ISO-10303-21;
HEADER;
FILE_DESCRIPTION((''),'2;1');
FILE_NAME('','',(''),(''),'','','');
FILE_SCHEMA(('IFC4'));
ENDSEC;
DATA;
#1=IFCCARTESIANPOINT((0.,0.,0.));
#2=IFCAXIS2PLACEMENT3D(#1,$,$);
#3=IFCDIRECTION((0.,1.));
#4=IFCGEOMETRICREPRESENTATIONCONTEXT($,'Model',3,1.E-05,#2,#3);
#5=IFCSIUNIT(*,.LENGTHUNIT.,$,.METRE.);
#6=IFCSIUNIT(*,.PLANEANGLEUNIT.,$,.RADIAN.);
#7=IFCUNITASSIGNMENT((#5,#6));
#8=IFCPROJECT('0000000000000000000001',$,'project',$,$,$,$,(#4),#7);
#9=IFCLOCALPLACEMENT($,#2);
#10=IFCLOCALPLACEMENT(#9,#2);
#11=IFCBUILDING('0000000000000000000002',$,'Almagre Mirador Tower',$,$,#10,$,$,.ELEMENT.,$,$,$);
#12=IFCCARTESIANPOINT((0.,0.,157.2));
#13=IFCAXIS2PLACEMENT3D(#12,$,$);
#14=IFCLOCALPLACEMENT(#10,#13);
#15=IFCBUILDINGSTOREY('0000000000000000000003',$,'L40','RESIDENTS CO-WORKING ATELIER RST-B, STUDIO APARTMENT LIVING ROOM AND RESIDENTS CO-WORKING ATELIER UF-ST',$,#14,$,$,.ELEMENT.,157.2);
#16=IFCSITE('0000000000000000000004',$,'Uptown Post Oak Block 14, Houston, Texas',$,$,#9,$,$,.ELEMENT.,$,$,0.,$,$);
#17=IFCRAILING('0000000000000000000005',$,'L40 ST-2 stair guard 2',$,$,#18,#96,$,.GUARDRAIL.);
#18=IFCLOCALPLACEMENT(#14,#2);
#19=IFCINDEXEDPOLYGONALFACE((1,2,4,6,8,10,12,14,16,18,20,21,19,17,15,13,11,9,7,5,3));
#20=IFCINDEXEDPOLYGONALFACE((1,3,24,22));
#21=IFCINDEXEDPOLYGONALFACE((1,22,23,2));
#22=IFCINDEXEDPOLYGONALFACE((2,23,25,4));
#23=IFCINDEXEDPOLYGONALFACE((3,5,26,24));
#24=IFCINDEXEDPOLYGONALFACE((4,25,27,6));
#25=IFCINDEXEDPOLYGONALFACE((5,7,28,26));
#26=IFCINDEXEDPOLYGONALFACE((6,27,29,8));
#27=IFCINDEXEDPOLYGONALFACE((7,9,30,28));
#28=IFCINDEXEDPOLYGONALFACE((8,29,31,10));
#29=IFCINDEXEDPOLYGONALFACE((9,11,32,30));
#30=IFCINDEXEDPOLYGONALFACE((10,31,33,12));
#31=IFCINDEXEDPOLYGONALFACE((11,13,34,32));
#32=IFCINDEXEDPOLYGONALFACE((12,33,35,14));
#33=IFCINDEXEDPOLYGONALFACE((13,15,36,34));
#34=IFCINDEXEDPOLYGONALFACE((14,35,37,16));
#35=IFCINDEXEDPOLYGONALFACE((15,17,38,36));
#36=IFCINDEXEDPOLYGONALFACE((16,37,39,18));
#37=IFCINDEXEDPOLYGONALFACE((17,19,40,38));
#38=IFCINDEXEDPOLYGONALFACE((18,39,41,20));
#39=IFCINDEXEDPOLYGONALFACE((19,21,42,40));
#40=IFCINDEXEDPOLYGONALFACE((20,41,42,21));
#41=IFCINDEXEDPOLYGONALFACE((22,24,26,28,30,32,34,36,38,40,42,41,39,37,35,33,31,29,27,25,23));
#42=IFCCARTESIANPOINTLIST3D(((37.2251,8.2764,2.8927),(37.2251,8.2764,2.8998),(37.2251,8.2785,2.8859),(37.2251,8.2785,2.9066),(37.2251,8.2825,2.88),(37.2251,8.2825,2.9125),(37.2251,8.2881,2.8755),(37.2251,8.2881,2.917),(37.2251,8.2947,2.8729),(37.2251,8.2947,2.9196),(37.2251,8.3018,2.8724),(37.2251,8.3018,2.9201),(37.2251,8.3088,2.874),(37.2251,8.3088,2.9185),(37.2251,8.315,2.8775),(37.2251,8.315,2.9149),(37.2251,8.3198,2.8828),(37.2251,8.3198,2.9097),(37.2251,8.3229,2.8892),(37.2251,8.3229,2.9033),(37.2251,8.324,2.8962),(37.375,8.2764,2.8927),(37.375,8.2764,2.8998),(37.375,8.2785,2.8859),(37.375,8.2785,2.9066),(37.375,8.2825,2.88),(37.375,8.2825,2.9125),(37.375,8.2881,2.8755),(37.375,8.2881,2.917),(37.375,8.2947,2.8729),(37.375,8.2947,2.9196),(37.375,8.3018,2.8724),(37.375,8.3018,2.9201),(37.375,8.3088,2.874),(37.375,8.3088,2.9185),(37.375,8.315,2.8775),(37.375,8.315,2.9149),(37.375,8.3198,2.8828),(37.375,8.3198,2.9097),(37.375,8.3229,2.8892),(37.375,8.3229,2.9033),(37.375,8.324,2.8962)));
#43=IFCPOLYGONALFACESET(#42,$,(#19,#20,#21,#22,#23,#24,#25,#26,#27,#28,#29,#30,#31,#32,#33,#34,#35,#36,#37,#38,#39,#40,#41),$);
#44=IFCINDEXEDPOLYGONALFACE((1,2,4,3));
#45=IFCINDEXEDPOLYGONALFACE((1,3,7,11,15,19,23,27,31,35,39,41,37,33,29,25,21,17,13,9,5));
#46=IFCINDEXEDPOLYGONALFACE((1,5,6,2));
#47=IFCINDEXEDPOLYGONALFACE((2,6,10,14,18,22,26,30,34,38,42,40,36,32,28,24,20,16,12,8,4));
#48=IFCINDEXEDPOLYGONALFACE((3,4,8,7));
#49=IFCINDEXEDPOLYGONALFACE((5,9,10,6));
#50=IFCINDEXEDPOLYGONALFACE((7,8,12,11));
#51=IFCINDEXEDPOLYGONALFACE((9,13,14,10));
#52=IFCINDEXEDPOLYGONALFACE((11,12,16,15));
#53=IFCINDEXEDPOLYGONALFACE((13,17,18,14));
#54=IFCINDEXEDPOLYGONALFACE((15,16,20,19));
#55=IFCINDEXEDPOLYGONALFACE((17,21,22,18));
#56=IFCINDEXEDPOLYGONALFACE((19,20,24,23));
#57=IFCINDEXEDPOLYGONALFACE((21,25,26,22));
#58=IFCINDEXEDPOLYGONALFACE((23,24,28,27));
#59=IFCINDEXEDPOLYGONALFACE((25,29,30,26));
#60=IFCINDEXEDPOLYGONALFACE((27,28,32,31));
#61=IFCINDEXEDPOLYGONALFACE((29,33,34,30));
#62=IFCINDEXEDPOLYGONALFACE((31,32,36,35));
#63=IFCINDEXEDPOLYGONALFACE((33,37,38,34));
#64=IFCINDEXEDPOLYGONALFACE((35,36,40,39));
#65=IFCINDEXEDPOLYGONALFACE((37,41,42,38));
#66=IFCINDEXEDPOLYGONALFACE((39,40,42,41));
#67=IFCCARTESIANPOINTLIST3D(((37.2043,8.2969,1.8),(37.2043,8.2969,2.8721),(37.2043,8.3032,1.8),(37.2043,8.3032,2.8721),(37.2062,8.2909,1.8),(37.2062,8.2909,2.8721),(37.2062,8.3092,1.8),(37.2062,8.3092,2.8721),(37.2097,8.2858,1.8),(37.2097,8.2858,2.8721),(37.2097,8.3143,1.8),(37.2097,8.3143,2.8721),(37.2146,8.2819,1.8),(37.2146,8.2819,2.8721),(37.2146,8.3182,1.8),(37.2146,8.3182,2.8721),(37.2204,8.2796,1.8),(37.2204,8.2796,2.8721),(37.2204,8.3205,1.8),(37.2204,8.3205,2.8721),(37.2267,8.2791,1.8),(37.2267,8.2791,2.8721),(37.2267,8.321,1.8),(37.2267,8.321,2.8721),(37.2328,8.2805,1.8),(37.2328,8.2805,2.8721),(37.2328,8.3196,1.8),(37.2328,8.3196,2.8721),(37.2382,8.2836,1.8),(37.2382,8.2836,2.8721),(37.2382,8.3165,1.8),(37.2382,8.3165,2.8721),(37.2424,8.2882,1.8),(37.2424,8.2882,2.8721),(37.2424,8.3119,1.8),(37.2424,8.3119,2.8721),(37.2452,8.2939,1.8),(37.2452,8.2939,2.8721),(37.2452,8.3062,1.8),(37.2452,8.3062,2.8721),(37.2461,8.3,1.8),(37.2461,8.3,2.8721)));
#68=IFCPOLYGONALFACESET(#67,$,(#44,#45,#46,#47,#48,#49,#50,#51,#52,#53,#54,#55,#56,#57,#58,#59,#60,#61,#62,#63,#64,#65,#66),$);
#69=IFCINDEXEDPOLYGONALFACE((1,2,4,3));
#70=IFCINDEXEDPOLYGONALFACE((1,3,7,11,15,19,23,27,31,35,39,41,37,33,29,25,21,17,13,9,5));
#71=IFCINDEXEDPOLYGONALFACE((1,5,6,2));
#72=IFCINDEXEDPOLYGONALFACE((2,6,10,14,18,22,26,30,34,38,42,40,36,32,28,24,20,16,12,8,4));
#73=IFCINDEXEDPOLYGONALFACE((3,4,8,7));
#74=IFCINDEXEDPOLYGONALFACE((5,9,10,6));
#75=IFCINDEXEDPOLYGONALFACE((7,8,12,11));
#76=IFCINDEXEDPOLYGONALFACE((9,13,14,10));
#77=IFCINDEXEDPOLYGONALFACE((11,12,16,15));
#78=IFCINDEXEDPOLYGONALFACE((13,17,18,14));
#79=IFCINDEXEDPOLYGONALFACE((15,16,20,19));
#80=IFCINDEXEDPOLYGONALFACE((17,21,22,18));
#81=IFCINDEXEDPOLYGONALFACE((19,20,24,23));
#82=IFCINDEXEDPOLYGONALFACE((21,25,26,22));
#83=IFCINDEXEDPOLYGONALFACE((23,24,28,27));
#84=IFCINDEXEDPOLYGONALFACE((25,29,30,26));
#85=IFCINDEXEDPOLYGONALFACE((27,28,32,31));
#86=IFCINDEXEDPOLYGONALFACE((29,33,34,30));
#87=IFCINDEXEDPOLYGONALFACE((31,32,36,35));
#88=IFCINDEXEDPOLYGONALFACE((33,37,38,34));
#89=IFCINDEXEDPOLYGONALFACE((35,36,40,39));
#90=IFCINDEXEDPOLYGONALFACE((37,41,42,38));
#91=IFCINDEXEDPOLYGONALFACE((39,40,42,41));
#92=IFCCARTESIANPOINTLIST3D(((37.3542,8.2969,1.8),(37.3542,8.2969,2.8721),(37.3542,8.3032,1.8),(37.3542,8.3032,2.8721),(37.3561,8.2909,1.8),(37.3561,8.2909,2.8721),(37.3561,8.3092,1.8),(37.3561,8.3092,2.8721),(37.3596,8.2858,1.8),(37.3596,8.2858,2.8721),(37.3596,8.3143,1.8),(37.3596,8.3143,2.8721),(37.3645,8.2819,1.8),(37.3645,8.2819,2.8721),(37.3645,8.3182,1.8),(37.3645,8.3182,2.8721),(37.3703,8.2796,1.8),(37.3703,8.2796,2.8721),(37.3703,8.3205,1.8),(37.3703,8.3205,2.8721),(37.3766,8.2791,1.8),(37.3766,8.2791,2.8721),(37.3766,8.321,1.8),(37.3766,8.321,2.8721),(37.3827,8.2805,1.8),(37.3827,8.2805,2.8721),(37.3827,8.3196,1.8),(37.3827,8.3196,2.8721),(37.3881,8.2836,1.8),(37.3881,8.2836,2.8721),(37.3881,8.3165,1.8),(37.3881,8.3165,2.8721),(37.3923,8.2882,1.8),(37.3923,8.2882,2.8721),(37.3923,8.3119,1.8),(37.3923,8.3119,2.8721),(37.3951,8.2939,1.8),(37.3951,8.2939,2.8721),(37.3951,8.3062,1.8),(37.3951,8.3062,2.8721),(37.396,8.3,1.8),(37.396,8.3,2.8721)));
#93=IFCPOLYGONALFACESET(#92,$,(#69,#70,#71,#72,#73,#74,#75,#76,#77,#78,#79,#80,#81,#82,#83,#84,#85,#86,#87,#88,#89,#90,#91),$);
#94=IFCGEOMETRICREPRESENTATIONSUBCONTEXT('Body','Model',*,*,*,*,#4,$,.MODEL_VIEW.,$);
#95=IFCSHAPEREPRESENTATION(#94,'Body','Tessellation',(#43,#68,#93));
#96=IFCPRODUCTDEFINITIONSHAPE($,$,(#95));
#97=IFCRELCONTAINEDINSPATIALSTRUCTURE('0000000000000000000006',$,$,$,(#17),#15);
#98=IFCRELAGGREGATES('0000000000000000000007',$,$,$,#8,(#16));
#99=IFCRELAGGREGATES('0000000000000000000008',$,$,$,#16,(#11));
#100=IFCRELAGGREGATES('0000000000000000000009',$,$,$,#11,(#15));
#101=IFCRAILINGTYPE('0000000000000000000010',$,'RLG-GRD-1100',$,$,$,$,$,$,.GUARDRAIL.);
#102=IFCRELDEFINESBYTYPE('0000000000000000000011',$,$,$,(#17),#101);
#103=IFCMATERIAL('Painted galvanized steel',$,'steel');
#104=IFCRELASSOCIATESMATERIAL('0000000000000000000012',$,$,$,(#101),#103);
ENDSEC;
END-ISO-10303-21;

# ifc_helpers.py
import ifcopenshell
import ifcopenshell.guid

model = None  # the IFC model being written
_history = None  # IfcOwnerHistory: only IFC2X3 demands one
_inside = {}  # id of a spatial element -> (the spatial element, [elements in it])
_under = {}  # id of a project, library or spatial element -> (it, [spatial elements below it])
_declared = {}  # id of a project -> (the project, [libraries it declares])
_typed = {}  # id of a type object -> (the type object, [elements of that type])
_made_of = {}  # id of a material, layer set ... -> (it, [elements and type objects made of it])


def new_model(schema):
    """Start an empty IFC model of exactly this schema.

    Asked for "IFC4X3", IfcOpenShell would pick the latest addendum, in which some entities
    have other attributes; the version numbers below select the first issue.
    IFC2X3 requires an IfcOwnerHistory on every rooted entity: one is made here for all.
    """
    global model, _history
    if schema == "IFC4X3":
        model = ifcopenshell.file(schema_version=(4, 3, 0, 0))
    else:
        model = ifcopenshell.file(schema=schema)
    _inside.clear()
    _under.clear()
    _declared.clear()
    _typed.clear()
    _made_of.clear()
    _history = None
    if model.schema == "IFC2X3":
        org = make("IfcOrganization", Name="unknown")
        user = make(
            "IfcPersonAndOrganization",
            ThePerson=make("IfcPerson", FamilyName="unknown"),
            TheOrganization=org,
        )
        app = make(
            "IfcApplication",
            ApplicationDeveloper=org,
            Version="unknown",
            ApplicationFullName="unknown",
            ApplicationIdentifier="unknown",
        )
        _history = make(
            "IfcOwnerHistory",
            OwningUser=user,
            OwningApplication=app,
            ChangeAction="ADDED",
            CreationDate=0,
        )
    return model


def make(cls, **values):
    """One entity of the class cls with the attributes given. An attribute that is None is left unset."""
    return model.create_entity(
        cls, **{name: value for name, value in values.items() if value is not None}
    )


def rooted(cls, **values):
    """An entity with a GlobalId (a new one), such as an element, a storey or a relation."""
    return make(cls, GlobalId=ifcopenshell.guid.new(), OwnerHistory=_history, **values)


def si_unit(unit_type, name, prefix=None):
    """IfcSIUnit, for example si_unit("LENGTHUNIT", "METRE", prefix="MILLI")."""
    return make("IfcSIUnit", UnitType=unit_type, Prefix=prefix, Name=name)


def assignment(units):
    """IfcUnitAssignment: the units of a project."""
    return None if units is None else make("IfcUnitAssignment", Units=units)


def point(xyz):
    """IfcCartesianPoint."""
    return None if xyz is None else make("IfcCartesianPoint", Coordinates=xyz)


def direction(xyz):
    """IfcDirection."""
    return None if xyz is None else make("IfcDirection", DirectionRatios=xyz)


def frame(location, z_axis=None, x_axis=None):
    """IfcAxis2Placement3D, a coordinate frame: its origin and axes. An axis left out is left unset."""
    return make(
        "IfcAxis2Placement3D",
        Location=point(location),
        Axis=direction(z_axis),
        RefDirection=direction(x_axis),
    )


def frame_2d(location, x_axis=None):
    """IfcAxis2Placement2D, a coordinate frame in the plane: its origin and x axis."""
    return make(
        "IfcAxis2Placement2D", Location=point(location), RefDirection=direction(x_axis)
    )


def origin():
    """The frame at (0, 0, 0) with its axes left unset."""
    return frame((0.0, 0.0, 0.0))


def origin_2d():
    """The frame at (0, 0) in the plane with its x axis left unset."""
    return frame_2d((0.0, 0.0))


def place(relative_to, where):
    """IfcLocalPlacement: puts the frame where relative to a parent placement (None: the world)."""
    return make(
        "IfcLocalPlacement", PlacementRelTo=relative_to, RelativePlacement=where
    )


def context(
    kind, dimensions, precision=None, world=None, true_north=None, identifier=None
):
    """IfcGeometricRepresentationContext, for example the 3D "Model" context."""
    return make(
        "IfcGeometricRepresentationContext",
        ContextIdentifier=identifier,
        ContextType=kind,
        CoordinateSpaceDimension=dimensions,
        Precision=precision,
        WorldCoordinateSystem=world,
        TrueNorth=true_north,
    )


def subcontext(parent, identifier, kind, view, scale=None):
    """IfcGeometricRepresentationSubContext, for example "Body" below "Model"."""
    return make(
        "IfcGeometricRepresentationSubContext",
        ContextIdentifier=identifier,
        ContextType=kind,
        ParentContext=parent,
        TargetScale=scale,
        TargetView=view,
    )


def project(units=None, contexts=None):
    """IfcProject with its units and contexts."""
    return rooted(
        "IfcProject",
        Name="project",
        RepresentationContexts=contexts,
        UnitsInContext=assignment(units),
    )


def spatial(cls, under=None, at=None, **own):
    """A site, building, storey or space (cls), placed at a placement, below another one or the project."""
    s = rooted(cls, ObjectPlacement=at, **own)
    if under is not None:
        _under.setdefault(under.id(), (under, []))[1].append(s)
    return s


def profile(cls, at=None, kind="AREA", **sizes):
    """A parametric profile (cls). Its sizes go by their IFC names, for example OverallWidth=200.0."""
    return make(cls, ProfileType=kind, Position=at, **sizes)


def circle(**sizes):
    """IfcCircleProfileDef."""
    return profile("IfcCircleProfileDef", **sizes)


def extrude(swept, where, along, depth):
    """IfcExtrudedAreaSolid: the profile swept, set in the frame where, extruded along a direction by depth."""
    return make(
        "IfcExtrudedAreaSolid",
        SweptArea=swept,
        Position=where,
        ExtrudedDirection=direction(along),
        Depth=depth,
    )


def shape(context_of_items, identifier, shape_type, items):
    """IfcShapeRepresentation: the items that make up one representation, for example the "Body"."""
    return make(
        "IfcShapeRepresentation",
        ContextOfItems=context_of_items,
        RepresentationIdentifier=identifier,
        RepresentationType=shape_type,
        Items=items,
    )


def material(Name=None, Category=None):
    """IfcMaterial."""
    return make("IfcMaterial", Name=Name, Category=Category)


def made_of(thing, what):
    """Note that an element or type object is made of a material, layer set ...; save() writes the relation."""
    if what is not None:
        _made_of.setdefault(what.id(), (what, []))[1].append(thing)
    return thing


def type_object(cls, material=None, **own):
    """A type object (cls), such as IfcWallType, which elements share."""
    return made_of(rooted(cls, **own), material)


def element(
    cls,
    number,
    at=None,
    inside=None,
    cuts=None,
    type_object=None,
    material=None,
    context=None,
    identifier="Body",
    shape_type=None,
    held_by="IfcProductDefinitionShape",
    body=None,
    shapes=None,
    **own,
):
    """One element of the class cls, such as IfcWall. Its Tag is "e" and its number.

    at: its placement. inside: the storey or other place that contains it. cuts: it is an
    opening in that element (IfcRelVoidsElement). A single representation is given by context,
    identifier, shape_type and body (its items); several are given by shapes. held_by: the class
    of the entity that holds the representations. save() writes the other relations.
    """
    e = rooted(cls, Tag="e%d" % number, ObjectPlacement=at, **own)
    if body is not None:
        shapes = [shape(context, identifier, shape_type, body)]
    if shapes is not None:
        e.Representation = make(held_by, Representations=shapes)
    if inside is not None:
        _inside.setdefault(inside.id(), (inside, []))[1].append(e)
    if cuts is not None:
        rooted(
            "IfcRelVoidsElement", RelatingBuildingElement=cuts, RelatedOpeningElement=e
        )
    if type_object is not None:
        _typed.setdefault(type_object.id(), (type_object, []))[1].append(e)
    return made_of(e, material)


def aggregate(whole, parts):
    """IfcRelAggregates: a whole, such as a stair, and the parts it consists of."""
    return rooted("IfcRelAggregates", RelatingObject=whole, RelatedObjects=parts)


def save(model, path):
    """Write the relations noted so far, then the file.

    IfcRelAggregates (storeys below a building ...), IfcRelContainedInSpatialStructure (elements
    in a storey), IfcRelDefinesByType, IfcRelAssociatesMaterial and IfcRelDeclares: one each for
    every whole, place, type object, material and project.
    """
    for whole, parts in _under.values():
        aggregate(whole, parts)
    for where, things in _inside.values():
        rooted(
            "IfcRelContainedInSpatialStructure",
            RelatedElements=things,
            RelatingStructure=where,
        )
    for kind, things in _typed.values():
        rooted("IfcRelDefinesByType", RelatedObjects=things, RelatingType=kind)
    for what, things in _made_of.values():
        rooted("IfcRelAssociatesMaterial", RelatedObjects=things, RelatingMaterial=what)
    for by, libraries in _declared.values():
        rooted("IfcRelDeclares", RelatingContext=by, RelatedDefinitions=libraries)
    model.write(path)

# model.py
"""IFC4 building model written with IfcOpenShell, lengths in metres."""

from ifc_helpers import new_model, si_unit, direction, frame, origin, origin_2d, place, context, subcontext, project, spatial, circle, extrude, material, type_object, element, save


model = new_model("IFC4")

# Units and contexts
model_context = context("Model", 3, precision=1e-05, world=origin(), true_north=direction((0.0, 1.0)))
body_context = subcontext(model_context, "Body", "Model", "MODEL_VIEW")
ifc_project = project(units=[si_unit("LENGTHUNIT", "METRE"), si_unit("PLANEANGLEUNIT", "RADIAN")], contexts=[model_context])

# Site, building, storey
site_placement = place(None, origin())
site = spatial("IfcSite", under=ifc_project, at=site_placement, Name="Uptown Post Oak Block 14, Houston, Texas", CompositionType="ELEMENT", RefElevation=0.0)
building_placement = place(site_placement, origin())
building = spatial("IfcBuilding", under=site, at=building_placement, Name="Almagre Mirador Tower", CompositionType="ELEMENT")
storey_placement = place(building_placement, frame((0.0, 0.0, 157.2)))
storey = spatial("IfcBuildingStorey", under=building, at=storey_placement, Name="L40", Description="RESIDENTS CO-WORKING ATELIER RST-B, STUDIO APARTMENT LIVING ROOM AND RESIDENTS CO-WORKING ATELIER UF-ST", CompositionType="ELEMENT", Elevation=157.2)

# Railing
ifc_material_1 = material(Name="Painted galvanized steel", Category="steel")
railing_type_1 = type_object("IfcRailingType", Name="RLG-GRD-1100", PredefinedType="GUARDRAIL", material=ifc_material_1)
railing_1_placement = place(storey_placement, frame((37.2251, 8.3, 1.8)))
element("IfcRailing", 1, at=railing_1_placement, inside=storey, type_object=railing_type_1, Name="L40 ST-2 stair guard 2", PredefinedType="GUARDRAIL", context=body_context, shape_type="SweptSolid", body=[
    extrude(circle(Radius=0.0239, at=origin_2d()), frame((0.0, 0.0, 1.0962), z_axis=(1.0, 0.0, 0.0), x_axis=(0.0, 1.0, 0.0)), (0.0, 0.0, 1.0), 0.1499),
    extrude(circle(Radius=0.021, at=origin_2d()), origin(), (0.0, 0.0, 1.0), 1.072),
    extrude(circle(Radius=0.021, at=origin_2d()), frame((0.1499, 0.0, 0.0)), (0.0, 0.0, 1.0), 1.072),
])

save(model, "model.ifc")
